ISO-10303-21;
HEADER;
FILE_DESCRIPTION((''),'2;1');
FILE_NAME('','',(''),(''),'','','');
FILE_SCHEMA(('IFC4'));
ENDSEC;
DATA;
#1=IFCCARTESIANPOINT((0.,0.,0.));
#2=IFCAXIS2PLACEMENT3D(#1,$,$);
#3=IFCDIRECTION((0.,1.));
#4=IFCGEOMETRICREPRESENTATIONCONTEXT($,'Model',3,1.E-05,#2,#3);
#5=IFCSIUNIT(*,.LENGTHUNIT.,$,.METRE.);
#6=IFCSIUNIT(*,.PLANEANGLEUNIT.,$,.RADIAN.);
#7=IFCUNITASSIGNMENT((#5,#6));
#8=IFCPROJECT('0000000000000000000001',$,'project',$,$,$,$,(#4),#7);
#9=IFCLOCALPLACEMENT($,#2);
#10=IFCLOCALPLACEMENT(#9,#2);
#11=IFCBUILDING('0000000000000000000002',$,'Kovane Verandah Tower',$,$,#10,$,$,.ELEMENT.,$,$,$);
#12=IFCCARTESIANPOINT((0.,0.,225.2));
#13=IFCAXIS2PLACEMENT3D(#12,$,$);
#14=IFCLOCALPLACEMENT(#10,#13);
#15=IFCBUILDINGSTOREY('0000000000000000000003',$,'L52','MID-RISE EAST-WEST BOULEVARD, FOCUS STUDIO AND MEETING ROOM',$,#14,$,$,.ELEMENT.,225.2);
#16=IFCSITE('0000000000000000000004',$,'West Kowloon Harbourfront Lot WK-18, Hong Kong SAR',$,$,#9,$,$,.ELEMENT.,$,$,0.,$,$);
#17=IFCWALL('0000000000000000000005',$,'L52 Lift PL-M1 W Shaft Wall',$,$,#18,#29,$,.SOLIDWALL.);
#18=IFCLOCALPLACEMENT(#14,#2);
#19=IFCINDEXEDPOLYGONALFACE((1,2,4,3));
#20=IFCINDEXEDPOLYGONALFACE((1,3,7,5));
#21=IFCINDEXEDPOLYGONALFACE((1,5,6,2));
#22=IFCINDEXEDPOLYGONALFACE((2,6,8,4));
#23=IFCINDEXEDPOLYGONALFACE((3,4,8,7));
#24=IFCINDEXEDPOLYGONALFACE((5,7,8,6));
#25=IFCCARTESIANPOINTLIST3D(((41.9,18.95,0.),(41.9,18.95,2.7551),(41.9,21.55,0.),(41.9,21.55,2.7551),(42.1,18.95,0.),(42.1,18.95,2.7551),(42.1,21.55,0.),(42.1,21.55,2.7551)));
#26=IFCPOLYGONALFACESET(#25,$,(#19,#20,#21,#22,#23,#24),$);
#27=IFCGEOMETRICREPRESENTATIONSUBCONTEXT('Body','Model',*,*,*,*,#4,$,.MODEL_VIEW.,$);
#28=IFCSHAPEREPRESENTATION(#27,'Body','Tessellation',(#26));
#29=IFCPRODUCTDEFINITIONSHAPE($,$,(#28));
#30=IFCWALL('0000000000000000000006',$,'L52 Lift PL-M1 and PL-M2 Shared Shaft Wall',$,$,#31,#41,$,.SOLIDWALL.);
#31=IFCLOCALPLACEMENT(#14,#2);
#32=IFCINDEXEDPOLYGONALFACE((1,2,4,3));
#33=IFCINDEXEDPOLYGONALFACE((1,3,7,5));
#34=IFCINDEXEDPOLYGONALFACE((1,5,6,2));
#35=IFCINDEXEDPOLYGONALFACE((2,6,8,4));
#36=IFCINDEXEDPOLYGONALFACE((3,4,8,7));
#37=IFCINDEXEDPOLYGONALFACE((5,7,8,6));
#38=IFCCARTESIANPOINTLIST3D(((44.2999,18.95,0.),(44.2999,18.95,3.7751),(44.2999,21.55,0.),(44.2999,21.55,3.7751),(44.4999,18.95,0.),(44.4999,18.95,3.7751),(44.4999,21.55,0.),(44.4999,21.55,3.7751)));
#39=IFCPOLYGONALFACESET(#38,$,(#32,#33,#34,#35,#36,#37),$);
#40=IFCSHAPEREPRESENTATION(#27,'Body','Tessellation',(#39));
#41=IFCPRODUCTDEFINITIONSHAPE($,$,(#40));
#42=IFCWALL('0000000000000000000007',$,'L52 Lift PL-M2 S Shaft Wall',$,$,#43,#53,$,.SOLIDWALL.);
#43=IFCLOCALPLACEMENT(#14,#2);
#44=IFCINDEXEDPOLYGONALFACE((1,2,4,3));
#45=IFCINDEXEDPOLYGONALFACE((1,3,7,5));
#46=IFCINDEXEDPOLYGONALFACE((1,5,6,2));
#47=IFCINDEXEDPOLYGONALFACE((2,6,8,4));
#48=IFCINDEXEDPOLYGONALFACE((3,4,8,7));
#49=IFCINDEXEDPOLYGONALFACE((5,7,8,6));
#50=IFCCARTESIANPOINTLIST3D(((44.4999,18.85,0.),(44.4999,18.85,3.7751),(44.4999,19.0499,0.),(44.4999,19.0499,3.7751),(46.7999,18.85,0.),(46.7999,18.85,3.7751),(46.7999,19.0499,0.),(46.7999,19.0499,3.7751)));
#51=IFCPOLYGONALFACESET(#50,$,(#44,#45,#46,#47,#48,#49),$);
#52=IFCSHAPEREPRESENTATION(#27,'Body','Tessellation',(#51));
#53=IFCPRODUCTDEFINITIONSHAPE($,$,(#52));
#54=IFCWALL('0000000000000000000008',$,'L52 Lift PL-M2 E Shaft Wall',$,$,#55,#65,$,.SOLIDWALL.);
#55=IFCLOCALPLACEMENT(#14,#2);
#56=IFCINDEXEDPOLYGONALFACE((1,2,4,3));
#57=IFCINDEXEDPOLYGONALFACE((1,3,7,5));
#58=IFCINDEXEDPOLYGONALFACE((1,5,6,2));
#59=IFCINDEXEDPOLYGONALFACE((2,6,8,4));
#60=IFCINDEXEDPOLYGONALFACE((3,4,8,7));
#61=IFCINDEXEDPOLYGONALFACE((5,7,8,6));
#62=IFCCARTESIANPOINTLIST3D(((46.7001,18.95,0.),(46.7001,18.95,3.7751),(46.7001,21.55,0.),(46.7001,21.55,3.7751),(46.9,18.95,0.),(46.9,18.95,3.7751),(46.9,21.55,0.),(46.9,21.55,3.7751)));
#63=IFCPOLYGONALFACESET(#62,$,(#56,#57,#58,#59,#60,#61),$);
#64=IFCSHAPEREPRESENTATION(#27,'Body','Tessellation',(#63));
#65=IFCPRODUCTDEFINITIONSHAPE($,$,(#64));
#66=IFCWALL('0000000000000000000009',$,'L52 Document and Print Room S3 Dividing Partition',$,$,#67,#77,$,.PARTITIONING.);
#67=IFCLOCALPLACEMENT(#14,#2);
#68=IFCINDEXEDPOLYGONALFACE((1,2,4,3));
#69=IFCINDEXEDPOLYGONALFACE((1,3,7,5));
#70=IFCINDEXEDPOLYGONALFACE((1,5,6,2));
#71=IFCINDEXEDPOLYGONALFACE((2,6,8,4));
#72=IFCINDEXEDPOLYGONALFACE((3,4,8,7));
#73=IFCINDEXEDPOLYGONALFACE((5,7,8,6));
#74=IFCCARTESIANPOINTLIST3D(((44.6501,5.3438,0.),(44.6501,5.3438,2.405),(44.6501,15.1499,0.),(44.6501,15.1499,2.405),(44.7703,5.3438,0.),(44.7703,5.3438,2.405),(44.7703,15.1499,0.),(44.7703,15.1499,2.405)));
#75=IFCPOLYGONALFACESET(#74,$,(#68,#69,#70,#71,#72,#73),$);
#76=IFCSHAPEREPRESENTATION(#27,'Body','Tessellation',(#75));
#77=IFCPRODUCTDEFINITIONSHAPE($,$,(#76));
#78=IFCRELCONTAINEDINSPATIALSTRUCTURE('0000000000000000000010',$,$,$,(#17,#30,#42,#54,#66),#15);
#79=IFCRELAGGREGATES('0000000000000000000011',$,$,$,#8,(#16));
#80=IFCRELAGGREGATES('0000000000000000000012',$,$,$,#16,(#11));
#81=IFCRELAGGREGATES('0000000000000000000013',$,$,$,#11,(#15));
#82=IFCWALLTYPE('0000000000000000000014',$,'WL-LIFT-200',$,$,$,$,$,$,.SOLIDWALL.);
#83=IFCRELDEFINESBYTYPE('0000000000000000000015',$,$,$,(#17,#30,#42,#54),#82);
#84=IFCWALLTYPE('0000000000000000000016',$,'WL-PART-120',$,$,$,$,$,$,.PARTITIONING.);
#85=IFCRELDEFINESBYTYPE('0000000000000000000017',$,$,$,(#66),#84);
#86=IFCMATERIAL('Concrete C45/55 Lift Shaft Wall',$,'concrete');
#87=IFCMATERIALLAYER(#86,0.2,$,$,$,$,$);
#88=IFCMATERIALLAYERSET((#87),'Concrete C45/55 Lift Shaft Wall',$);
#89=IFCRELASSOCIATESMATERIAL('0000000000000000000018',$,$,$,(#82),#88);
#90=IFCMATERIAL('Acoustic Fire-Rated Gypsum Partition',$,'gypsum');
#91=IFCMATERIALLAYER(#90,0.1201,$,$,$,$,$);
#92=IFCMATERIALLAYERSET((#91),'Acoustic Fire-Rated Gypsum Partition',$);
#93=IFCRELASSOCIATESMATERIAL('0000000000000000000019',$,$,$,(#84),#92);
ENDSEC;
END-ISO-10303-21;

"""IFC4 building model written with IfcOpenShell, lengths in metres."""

from ifc_helpers import new_model, si_unit, direction, frame, frame_2d, origin, place, context, subcontext, project, spatial, rectangle, extrude, material, layer, layer_set, type_object, element, save


model = new_model("IFC4")

# Units and contexts
model_context = context("Model", 3, precision=1e-05, world=origin(), true_north=direction((0.0, 1.0)))
body_context = subcontext(model_context, "Body", "Model", "MODEL_VIEW")
ifc_project = project(units=[si_unit("LENGTHUNIT", "METRE"), si_unit("PLANEANGLEUNIT", "RADIAN")], contexts=[model_context])

# Site, building, storey
site_placement = place(None, origin())
site = spatial("IfcSite", under=ifc_project, at=site_placement, Name="West Kowloon Harbourfront Lot WK-18, Hong Kong SAR", CompositionType="ELEMENT", RefElevation=0.0)
building_placement = place(site_placement, origin())
building = spatial("IfcBuilding", under=site, at=building_placement, Name="Kovane Verandah Tower", CompositionType="ELEMENT")
storey_placement = place(building_placement, frame((0.0, 0.0, 225.2)))
storey = spatial("IfcBuildingStorey", under=building, at=storey_placement, Name="L52", Description="MID-RISE EAST-WEST BOULEVARD, FOCUS STUDIO AND MEETING ROOM", CompositionType="ELEMENT", Elevation=225.2)

# Shared definitions
ifc_material_1 = material(Name="Concrete C45/55 Lift Shaft Wall", Category="concrete")
ifc_layer_1 = layer(ifc_material_1, 0.2)
ifc_layer_set_1 = layer_set([ifc_layer_1], Name="Concrete C45/55 Lift Shaft Wall")
wall_type_1 = type_object("IfcWallType", Name="WL-LIFT-200", PredefinedType="SOLIDWALL", material=ifc_layer_set_1)

# Walls
wall_1_placement = place(storey_placement, frame((42.0, 21.55, 0.0), z_axis=(0.0, 0.0, 1.0), x_axis=(0.0, -1.0, 0.0)))
element("IfcWall", 1, at=wall_1_placement, inside=storey, type_object=wall_type_1, Name="L52 Lift PL-M1 W Shaft Wall", PredefinedType="SOLIDWALL", context=body_context, shape_type="SweptSolid", body=[
    extrude(rectangle(XDim=2.6001, YDim=0.2, at=frame_2d((1.3, 0.0))), origin(), (0.0, 0.0, 1.0), 2.7551),
])
wall_2_placement = place(storey_placement, frame((44.3999, 18.95, 0.0), z_axis=(0.0, 0.0, 1.0), x_axis=(0.0, 1.0, 0.0)))
element("IfcWall", 2, at=wall_2_placement, inside=storey, type_object=wall_type_1, Name="L52 Lift PL-M1 and PL-M2 Shared Shaft Wall", PredefinedType="SOLIDWALL", context=body_context, shape_type="SweptSolid", body=[
    extrude(rectangle(XDim=2.6001, YDim=0.2, at=frame_2d((1.3, 0.0))), origin(), (0.0, 0.0, 1.0), 3.7751),
])
wall_3_placement = place(storey_placement, frame((44.5, 18.95, 0.0), z_axis=(0.0, 0.0, 1.0), x_axis=(1.0, 0.0, 0.0)))
element("IfcWall", 3, at=wall_3_placement, inside=storey, type_object=wall_type_1, Name="L52 Lift PL-M2 S Shaft Wall", PredefinedType="SOLIDWALL", context=body_context, shape_type="SweptSolid", body=[
    extrude(rectangle(XDim=2.3, YDim=0.2, at=frame_2d((1.1499, 0.0))), origin(), (0.0, 0.0, 1.0), 3.7751),
])
wall_4_placement = place(storey_placement, frame((46.8, 18.95, 0.0), z_axis=(0.0, 0.0, 1.0), x_axis=(0.0, 1.0, 0.0)))
element("IfcWall", 4, at=wall_4_placement, inside=storey, type_object=wall_type_1, Name="L52 Lift PL-M2 E Shaft Wall", PredefinedType="SOLIDWALL", context=body_context, shape_type="SweptSolid", body=[
    extrude(rectangle(XDim=2.6001, YDim=0.2, at=frame_2d((1.3, 0.0))), origin(), (0.0, 0.0, 1.0), 3.7751),
])
ifc_material_2 = material(Name="Acoustic Fire-Rated Gypsum Partition", Category="gypsum")
ifc_layer_2 = layer(ifc_material_2, 0.1201)
ifc_layer_set_2 = layer_set([ifc_layer_2], Name="Acoustic Fire-Rated Gypsum Partition")
wall_type_2 = type_object("IfcWallType", Name="WL-PART-120", PredefinedType="PARTITIONING", material=ifc_layer_set_2)
wall_5_placement = place(storey_placement, frame((44.7102, 5.3438, 0.0), z_axis=(0.0, 0.0, 1.0), x_axis=(0.0, 1.0, 0.0)))
element("IfcWall", 5, at=wall_5_placement, inside=storey, type_object=wall_type_2, Name="L52 Document and Print Room S3 Dividing Partition", PredefinedType="PARTITIONING", context=body_context, shape_type="SweptSolid", body=[
    extrude(rectangle(XDim=9.8062, YDim=0.1201, at=frame_2d((4.9031, 0.0))), origin(), (0.0, 0.0, 1.0), 2.405),
])

save(model, "model.ifc")
